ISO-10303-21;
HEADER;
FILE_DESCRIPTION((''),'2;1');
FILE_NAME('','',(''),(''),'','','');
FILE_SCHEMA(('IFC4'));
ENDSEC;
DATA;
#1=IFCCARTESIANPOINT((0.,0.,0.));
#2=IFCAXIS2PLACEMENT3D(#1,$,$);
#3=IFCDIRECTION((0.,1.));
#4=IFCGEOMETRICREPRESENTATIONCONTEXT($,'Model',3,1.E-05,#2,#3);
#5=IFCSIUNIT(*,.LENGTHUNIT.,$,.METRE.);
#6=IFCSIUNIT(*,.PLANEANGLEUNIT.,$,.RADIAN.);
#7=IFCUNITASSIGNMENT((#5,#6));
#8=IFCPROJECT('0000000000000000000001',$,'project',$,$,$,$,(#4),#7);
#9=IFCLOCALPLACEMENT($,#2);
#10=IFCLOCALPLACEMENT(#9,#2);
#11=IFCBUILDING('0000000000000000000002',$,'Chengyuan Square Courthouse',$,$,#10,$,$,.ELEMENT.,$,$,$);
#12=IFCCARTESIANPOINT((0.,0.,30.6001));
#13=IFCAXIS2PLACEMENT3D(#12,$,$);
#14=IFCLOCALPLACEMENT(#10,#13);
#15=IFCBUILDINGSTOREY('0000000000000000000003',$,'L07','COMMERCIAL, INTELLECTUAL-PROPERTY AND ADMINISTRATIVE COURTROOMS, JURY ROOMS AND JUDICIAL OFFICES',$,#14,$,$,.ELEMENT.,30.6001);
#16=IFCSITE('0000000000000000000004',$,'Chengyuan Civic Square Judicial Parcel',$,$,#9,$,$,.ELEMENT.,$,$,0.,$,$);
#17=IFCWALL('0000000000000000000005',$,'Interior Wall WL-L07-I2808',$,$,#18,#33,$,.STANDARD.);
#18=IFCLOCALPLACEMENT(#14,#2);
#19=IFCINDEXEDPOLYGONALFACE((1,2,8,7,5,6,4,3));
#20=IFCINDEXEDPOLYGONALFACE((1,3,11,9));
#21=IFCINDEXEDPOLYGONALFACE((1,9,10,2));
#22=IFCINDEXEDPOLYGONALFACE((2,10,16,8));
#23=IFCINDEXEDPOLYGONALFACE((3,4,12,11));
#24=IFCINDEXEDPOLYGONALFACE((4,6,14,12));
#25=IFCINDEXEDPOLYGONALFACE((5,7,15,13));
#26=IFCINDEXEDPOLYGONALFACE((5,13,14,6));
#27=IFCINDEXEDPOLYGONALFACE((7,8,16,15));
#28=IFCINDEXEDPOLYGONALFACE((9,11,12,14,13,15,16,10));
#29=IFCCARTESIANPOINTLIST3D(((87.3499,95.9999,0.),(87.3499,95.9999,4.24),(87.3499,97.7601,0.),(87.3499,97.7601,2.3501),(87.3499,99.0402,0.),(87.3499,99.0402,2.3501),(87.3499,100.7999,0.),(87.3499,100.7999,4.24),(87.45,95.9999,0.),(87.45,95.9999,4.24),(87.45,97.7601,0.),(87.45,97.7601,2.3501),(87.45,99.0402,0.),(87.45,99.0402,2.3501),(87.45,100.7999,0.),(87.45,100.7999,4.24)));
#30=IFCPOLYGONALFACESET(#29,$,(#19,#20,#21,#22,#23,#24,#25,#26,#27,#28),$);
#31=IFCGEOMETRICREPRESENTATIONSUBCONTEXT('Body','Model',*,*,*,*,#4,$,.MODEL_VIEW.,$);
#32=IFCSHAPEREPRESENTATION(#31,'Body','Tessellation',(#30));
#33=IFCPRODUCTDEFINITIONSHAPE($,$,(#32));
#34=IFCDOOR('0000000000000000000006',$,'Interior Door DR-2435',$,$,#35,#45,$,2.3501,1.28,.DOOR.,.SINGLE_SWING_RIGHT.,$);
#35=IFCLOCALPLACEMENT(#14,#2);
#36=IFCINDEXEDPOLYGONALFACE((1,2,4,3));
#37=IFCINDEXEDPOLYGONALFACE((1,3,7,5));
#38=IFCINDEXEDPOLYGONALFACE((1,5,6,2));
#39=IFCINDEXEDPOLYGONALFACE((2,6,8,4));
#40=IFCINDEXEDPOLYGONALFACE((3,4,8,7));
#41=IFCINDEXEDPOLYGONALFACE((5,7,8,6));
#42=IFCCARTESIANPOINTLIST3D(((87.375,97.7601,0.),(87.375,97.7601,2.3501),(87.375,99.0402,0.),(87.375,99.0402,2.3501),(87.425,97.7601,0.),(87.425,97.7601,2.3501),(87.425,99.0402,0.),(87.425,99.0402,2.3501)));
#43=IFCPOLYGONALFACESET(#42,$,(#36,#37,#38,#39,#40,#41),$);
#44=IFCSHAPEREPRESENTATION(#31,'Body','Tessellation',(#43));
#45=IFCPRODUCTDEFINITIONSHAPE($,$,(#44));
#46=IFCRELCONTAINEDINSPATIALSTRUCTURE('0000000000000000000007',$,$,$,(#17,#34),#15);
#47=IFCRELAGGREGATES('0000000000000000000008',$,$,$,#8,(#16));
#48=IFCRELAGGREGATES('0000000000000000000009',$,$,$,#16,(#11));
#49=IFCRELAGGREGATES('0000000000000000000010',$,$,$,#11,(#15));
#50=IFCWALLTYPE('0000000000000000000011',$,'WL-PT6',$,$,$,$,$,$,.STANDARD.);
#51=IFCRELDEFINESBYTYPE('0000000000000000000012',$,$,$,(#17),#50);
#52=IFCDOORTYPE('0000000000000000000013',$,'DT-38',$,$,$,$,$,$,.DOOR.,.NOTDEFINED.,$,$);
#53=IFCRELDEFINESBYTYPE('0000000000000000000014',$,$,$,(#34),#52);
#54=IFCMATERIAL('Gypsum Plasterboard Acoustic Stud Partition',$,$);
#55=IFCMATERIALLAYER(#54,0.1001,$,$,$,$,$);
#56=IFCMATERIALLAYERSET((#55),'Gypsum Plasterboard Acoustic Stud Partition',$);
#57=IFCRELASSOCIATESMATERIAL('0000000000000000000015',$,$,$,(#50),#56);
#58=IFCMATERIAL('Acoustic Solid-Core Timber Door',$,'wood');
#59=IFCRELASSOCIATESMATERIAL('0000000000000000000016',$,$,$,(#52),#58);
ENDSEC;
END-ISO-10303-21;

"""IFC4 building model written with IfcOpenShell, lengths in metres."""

from ifc_helpers import new_model, si_unit, direction, frame, frame_2d, origin, place, context, subcontext, project, spatial, rectangle, extrude, material, layer, layer_set, type_object, element, fill, save


model = new_model("IFC4")

# Units and contexts
model_context = context("Model", 3, precision=1e-05, world=origin(), true_north=direction((0.0, 1.0)))
body_context = subcontext(model_context, "Body", "Model", "MODEL_VIEW")
ifc_project = project(units=[si_unit("LENGTHUNIT", "METRE"), si_unit("PLANEANGLEUNIT", "RADIAN")], contexts=[model_context])

# Site, building, storey
site_placement = place(None, origin())
site = spatial("IfcSite", under=ifc_project, at=site_placement, Name="Chengyuan Civic Square Judicial Parcel", CompositionType="ELEMENT", RefElevation=0.0)
building_placement = place(site_placement, origin())
building = spatial("IfcBuilding", under=site, at=building_placement, Name="Chengyuan Square Courthouse", CompositionType="ELEMENT")
storey_placement = place(building_placement, frame((0.0, 0.0, 30.6001)))
storey = spatial("IfcBuildingStorey", under=building, at=storey_placement, Name="L07", Description="COMMERCIAL, INTELLECTUAL-PROPERTY AND ADMINISTRATIVE COURTROOMS, JURY ROOMS AND JUDICIAL OFFICES", CompositionType="ELEMENT", Elevation=30.6001)

# Shared definitions
ifc_material_1 = material(Name="Acoustic Solid-Core Timber Door", Category="wood")

# Shared definitions
ifc_material_2 = material(Name="Gypsum Plasterboard Acoustic Stud Partition")
ifc_layer_1 = layer(ifc_material_2, 0.1001)
ifc_layer_set_1 = layer_set([ifc_layer_1], Name="Gypsum Plasterboard Acoustic Stud Partition")
wall_type_1 = type_object("IfcWallType", Name="WL-PT6", PredefinedType="STANDARD", material=ifc_layer_set_1)

# Wall, opening, door
wall_1_placement = place(storey_placement, frame((87.3999, 96.0, 0.0), z_axis=(0.0, 0.0, 1.0), x_axis=(0.0, 1.0, 0.0)))
wall_1 = element("IfcWall", 1, at=wall_1_placement, inside=storey, type_object=wall_type_1, Name="Interior Wall WL-L07-I2808", PredefinedType="STANDARD", context=body_context, shape_type="SweptSolid", body=[
    extrude(rectangle(XDim=4.8, YDim=0.1001, at=frame_2d((2.3999, 0.0))), origin(), (0.0, 0.0, 1.0), 4.24),
])
opening_1_placement = place(wall_1_placement, frame((1.76, 0.0, 0.0)))
opening_1 = element("IfcOpeningElement", 2, at=opening_1_placement, cuts=wall_1, PredefinedType="OPENING", context=body_context, shape_type="SweptSolid", body=[
    extrude(rectangle(XDim=1.28, YDim=2.3501, at=frame_2d((0.6401, 1.175))), frame((0.0, 0.062, 0.0), z_axis=(0.0, -1.0, 0.0), x_axis=(1.0, 0.0, 0.0)), (0.0, 0.0, 1.0), 0.124),
])
door_type_1 = type_object("IfcDoorType", Name="DT-38", OperationType="NOTDEFINED", PredefinedType="DOOR", material=ifc_material_1)
door_1_placement = place(opening_1_placement, origin())
door_1 = element("IfcDoor", 3, at=door_1_placement, inside=storey, type_object=door_type_1, Name="Interior Door DR-2435", OperationType="SINGLE_SWING_RIGHT", OverallHeight=2.3501, OverallWidth=1.28, PredefinedType="DOOR", context=body_context, shape_type="SweptSolid", body=[
    extrude(rectangle(XDim=1.28, YDim=2.3501, at=frame_2d((0.6401, 1.175))), frame((0.0, 0.0249, 0.0), z_axis=(0.0, -1.0, 0.0), x_axis=(1.0, 0.0, 0.0)), (0.0, 0.0, 1.0), 0.05),
])
fill(opening_1, door_1)

save(model, "model.ifc")
